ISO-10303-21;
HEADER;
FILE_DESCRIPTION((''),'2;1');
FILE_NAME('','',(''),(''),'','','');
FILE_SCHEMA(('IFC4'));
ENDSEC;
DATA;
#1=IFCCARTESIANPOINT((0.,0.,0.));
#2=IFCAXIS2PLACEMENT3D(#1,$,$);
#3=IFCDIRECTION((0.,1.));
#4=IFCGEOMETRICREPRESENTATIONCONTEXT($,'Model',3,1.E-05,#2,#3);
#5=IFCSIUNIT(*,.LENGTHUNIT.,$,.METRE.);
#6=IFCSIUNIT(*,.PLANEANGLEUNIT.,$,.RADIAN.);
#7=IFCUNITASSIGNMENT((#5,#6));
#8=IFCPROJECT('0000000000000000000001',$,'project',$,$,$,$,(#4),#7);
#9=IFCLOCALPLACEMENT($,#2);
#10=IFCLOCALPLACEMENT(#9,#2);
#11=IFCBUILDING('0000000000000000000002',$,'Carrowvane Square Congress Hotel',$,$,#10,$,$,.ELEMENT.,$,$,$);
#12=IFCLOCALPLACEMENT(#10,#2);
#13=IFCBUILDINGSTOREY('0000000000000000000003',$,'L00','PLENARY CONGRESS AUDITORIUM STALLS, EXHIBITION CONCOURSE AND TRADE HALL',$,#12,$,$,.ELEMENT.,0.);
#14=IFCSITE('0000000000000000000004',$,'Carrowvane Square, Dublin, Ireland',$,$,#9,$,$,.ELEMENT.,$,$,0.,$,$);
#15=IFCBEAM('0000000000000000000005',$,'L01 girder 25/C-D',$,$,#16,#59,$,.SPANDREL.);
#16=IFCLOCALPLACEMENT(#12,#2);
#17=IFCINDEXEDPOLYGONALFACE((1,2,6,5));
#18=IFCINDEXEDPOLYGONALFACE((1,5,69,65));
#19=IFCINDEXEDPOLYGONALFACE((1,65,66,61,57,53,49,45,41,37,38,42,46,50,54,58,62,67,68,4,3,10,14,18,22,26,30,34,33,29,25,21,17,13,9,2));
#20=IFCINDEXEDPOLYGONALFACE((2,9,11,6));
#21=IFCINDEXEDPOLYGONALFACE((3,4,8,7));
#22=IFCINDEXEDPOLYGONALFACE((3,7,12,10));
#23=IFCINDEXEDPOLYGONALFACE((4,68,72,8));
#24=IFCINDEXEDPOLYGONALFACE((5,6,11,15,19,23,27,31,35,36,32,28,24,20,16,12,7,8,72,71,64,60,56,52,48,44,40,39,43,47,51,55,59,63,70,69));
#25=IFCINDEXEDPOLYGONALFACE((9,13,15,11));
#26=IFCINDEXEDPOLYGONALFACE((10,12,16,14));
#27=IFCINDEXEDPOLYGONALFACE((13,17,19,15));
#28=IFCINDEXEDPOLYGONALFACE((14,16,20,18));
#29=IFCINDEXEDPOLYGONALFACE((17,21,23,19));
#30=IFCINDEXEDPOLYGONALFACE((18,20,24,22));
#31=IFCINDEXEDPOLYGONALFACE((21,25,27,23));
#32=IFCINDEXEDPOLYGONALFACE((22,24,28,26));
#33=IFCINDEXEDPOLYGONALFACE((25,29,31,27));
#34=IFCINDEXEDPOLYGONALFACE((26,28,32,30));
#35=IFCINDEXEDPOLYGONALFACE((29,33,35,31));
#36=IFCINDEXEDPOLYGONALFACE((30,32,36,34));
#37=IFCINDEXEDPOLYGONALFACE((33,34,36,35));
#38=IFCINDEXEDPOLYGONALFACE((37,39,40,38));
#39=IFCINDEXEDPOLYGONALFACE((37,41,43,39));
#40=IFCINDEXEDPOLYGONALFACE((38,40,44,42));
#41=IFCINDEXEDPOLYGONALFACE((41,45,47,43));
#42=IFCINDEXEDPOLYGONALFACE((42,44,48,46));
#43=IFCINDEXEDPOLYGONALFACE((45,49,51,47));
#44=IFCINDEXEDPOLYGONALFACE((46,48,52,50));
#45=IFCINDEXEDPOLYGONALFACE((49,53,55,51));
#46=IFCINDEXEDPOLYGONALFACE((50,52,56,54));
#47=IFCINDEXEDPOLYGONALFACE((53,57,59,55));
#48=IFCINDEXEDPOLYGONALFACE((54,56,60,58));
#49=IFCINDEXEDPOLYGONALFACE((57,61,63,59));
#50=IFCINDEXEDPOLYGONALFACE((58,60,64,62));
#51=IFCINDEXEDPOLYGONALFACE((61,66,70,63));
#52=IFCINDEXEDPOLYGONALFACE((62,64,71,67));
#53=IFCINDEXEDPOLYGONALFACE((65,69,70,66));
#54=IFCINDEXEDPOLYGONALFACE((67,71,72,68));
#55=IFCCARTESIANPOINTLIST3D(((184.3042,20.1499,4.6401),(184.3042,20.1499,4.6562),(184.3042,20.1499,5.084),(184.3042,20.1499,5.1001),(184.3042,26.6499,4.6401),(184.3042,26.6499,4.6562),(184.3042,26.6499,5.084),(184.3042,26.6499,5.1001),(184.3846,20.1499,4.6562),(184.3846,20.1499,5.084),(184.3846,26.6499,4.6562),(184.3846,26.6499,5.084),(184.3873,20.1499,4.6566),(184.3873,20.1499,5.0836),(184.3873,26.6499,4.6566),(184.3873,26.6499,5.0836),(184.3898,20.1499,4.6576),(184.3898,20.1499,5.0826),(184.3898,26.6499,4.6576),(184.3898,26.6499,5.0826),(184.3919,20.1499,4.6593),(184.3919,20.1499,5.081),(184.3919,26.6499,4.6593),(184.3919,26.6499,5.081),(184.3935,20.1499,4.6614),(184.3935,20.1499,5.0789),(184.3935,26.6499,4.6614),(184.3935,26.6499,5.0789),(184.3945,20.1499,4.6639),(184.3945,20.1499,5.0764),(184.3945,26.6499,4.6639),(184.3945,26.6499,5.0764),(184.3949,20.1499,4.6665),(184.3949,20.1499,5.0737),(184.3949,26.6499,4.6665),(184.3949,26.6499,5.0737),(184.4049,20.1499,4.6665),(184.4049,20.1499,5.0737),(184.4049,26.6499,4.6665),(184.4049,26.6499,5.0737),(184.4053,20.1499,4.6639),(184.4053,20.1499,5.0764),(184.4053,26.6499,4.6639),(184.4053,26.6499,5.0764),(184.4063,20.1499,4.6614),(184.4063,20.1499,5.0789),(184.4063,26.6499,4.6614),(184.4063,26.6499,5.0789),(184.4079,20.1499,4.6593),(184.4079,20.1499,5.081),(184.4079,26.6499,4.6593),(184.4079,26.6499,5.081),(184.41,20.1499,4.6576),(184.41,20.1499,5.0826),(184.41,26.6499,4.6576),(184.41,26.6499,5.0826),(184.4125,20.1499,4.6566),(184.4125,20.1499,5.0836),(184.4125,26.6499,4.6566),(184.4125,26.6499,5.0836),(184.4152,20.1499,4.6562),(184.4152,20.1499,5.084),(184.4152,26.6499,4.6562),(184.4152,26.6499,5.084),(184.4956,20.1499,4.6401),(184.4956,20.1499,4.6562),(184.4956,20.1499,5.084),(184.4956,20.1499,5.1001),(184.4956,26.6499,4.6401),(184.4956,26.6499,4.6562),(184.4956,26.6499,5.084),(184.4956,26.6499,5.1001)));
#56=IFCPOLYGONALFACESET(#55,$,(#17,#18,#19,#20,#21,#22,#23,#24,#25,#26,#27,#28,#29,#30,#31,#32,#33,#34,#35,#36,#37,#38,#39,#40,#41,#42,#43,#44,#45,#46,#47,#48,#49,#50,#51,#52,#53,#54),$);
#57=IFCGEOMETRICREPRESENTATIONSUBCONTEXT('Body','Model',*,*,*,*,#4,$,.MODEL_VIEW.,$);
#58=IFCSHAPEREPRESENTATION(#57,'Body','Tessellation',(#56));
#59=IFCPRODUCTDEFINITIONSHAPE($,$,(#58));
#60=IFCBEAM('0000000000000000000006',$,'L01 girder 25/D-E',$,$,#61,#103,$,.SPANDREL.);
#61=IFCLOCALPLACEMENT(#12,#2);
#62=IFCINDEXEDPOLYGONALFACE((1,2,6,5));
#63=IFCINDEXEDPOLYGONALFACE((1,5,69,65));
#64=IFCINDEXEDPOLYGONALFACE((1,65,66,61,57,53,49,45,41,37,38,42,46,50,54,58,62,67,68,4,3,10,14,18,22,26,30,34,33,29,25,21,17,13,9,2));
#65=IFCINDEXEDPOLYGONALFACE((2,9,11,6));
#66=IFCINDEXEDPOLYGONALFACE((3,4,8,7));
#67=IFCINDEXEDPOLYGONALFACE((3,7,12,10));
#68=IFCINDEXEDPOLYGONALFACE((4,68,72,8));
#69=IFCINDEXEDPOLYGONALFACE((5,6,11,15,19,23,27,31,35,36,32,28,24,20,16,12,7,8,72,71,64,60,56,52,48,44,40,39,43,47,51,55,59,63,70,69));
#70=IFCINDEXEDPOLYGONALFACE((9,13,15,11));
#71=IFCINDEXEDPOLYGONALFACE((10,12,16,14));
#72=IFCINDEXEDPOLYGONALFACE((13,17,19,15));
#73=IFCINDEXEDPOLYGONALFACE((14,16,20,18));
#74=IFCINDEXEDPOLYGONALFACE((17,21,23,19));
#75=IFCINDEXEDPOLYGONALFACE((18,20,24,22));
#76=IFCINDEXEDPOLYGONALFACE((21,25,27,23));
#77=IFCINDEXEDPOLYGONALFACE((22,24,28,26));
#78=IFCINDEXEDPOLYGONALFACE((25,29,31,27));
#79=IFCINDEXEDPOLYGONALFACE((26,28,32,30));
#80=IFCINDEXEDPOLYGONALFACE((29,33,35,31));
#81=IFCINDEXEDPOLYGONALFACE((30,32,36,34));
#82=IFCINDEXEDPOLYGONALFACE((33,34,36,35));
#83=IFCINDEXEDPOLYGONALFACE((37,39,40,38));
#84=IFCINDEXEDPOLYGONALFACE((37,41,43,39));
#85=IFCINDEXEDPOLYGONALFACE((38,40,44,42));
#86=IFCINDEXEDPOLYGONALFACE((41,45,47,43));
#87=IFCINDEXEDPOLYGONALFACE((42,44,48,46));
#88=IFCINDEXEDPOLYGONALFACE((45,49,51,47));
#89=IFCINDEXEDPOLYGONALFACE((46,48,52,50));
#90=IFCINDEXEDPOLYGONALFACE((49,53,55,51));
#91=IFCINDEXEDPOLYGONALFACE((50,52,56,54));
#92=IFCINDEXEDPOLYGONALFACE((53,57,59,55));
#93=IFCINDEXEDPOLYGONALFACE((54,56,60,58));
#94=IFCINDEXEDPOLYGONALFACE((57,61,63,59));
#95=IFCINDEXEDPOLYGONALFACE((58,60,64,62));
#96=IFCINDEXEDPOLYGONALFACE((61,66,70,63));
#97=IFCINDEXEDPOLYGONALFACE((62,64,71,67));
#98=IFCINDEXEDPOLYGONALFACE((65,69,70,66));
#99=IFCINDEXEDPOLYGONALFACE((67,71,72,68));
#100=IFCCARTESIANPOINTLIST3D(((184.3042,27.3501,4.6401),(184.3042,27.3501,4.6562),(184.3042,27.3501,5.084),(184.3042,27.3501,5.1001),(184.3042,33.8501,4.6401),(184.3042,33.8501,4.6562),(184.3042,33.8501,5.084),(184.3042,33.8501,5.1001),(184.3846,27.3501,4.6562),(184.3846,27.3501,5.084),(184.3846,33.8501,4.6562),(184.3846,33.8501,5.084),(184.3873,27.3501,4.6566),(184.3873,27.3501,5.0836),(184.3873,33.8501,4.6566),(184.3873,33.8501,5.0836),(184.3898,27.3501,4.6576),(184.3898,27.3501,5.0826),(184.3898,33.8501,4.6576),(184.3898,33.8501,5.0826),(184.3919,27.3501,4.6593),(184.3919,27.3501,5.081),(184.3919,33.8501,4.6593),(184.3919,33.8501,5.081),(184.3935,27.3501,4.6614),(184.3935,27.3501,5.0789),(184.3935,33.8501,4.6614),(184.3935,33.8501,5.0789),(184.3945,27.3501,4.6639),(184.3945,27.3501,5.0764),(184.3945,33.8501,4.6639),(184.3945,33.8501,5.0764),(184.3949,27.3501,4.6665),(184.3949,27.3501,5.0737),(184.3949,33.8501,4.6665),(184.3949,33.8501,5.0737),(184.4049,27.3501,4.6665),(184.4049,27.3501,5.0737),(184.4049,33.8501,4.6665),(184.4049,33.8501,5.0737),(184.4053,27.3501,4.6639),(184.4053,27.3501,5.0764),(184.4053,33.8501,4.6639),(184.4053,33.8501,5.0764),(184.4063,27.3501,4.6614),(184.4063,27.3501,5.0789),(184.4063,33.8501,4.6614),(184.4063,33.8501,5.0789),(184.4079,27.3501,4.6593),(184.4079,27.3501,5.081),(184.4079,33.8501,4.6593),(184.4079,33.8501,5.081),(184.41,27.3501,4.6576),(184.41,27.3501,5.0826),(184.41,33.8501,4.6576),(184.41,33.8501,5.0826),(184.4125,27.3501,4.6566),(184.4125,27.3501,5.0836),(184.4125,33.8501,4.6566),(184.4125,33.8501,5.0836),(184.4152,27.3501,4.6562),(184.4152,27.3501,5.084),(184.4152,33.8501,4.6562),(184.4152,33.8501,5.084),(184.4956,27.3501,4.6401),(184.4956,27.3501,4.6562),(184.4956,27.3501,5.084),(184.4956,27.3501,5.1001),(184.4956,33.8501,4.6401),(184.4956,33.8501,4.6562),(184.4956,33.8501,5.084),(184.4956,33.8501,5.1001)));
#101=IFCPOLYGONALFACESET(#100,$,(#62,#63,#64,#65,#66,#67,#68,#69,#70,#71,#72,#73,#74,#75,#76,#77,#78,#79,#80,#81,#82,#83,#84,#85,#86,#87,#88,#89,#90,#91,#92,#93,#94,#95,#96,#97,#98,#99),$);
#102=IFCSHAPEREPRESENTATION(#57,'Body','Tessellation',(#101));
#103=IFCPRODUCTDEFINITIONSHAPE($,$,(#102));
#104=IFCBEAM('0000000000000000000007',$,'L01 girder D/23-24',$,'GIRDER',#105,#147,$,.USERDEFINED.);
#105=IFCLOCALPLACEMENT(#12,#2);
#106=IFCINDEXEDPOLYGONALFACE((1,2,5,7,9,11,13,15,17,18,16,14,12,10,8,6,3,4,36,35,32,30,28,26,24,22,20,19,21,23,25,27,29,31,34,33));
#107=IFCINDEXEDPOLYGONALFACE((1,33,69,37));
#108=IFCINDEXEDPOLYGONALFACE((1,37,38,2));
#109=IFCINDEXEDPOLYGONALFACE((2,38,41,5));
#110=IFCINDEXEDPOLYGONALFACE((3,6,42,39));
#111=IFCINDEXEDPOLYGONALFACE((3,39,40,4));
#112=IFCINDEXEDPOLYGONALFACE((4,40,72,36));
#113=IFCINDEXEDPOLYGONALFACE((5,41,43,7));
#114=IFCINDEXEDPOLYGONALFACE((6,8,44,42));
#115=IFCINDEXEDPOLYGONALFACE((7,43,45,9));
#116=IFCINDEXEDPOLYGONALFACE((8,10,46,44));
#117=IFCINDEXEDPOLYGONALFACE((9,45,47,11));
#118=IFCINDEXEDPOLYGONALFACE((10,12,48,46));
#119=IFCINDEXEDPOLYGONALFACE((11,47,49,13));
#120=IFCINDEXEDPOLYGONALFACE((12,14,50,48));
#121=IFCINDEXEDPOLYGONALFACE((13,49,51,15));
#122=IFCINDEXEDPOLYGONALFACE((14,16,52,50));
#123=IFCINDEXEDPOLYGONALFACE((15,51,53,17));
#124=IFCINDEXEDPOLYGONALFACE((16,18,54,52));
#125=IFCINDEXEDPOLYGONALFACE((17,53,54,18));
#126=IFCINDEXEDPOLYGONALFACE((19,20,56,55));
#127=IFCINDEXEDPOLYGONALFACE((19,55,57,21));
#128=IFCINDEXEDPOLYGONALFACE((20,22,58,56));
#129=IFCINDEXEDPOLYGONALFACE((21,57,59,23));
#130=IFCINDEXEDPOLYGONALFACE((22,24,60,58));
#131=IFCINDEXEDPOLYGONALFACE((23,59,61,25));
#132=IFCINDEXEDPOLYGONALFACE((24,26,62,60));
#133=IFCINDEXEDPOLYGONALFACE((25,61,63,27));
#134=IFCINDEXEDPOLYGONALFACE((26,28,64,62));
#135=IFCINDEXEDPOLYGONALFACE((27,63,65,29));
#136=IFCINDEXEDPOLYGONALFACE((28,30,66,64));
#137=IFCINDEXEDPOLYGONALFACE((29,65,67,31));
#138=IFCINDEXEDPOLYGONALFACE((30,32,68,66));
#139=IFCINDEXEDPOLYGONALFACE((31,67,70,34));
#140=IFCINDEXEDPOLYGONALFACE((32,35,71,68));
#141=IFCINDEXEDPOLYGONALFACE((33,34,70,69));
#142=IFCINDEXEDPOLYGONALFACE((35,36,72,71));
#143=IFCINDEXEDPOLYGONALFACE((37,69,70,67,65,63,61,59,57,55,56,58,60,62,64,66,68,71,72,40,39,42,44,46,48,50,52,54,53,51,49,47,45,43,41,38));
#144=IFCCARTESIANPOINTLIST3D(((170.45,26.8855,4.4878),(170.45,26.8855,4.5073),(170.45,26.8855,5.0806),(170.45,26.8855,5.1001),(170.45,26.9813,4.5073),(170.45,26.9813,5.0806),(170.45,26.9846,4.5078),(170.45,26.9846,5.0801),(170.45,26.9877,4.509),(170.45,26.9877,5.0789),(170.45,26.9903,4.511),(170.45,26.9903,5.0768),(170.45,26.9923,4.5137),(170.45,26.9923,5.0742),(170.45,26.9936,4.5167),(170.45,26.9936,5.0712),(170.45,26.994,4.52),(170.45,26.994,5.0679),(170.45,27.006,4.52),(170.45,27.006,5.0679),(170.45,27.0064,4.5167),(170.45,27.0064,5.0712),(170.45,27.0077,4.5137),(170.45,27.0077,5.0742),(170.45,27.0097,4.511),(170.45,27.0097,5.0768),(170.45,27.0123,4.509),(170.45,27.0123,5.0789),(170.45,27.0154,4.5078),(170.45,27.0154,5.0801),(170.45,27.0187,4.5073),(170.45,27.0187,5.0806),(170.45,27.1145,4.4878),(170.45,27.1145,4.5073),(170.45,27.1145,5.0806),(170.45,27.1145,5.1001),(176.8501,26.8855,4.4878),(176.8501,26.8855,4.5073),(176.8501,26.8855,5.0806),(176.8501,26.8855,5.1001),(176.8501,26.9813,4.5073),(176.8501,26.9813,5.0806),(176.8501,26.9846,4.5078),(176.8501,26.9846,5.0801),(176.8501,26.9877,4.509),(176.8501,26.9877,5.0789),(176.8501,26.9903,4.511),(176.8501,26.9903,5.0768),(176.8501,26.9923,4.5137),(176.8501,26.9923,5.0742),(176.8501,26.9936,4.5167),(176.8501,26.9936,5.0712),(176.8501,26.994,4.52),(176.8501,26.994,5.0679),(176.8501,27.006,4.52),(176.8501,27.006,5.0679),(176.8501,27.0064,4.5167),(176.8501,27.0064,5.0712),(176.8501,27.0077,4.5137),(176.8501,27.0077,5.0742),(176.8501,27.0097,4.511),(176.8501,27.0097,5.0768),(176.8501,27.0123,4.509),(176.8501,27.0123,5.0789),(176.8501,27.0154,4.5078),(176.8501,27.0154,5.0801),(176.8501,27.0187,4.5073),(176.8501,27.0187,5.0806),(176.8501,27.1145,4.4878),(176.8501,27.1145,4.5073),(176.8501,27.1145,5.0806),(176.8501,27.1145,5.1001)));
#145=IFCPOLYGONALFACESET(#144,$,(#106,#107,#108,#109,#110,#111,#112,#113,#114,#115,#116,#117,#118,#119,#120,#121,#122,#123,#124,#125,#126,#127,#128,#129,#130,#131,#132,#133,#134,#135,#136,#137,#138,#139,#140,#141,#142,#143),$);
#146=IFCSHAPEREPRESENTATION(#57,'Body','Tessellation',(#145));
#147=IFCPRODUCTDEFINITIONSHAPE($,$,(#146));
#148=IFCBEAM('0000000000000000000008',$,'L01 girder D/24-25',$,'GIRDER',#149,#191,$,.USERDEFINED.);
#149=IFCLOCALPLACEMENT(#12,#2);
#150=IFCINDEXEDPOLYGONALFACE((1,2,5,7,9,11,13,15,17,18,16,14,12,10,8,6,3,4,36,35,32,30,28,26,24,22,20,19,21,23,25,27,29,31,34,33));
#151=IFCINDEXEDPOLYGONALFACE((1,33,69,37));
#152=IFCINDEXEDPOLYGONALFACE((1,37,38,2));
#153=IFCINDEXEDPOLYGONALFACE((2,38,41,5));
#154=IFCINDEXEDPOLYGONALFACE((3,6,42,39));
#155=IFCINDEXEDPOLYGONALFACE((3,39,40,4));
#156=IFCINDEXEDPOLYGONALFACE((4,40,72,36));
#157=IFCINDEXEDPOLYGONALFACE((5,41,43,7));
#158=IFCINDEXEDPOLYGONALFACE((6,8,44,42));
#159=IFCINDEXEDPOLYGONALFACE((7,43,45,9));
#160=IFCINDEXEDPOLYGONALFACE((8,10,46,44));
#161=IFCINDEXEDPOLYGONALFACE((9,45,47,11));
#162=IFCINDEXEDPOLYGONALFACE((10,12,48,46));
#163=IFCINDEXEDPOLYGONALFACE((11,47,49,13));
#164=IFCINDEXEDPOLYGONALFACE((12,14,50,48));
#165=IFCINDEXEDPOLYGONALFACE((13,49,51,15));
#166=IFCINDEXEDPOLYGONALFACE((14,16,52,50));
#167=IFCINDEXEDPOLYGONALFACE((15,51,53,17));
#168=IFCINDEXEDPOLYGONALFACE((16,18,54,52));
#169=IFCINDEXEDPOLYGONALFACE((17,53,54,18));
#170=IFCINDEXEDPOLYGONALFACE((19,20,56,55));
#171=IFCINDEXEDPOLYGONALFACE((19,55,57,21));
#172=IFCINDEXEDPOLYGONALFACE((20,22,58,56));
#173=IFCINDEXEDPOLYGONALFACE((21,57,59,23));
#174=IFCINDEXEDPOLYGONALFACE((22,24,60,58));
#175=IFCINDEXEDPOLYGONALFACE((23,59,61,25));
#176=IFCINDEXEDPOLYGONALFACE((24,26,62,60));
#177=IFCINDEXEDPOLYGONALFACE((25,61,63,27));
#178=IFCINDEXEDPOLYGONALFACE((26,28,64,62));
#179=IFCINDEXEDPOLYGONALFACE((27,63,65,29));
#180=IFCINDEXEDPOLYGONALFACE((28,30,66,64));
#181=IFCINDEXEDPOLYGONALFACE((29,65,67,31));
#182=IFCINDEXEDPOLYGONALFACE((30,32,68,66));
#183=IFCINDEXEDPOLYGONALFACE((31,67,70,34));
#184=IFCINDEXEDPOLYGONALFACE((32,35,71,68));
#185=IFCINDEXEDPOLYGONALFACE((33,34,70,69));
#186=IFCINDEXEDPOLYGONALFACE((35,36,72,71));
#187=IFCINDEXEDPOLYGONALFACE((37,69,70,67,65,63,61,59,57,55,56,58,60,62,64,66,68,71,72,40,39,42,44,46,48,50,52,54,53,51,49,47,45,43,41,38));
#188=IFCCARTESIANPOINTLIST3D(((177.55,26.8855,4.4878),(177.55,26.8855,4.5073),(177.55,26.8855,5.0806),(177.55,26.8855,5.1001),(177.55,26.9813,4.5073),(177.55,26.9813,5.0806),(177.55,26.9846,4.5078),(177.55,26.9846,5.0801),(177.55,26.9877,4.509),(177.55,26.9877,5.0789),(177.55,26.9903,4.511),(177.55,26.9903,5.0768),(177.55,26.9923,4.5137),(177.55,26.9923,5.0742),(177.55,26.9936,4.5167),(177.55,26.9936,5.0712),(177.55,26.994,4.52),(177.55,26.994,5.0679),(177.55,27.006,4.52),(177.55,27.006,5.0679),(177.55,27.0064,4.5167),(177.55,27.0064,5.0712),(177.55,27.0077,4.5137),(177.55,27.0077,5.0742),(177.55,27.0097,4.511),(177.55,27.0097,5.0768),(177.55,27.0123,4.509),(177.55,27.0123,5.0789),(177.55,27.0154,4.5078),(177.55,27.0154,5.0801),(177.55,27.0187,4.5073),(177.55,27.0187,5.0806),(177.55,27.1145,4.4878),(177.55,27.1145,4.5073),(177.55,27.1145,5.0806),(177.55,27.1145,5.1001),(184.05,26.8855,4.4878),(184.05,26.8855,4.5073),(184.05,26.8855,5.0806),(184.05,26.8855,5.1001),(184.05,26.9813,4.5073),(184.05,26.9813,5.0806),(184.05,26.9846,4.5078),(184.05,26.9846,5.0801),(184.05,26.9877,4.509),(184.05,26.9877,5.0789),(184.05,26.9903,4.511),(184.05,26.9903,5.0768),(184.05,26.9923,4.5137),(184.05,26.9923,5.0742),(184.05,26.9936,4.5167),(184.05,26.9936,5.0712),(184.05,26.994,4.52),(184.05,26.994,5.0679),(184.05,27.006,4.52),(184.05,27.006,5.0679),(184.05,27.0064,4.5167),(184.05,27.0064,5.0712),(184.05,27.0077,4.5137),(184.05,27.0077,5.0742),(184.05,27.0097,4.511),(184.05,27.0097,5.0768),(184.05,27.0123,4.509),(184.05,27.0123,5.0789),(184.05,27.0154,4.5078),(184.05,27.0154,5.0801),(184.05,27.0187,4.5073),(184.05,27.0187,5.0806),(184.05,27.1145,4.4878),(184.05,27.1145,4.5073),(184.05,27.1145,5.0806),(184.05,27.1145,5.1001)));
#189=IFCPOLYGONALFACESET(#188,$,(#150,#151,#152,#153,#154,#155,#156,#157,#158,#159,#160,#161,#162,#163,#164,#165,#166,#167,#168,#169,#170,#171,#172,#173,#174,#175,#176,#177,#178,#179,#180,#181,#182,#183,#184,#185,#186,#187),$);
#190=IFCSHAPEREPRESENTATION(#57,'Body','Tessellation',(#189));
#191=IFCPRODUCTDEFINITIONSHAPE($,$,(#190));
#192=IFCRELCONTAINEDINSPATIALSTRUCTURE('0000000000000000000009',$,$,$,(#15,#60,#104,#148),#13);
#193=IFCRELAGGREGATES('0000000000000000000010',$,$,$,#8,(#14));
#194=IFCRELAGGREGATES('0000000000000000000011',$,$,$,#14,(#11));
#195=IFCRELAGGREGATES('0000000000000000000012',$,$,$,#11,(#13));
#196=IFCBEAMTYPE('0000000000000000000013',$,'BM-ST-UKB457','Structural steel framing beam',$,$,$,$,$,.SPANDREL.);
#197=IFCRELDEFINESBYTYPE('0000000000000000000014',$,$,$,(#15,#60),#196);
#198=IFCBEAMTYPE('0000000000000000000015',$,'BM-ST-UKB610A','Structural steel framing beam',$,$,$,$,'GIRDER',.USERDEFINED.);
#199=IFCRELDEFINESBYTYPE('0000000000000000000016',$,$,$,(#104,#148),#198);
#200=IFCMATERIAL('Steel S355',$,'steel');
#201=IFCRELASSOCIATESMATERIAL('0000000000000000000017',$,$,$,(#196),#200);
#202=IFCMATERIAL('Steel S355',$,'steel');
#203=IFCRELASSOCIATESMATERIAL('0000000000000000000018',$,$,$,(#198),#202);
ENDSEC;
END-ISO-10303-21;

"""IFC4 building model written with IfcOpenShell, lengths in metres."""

from ifc_helpers import new_model, si_unit, direction, frame, origin, origin_2d, place, context, subcontext, project, spatial, i_section, extrude, material, material_profile, profile_set, type_object, element, save


model = new_model("IFC4")

# Units and contexts
model_context = context("Model", 3, precision=1e-05, world=origin(), true_north=direction((0.0, 1.0)))
body_context = subcontext(model_context, "Body", "Model", "MODEL_VIEW")
ifc_project = project(units=[si_unit("LENGTHUNIT", "METRE"), si_unit("PLANEANGLEUNIT", "RADIAN")], contexts=[model_context])

# Site, building, storey
site_placement = place(None, origin())
site = spatial("IfcSite", under=ifc_project, at=site_placement, Name="Carrowvane Square, Dublin, Ireland", CompositionType="ELEMENT", RefElevation=0.0)
building_placement = place(site_placement, origin())
building = spatial("IfcBuilding", under=site, at=building_placement, Name="Carrowvane Square Congress Hotel", CompositionType="ELEMENT")
storey_placement = place(building_placement, origin())
storey = spatial("IfcBuildingStorey", under=building, at=storey_placement, Name="L00", Description="PLENARY CONGRESS AUDITORIUM STALLS, EXHIBITION CONCOURSE AND TRADE HALL", CompositionType="ELEMENT", Elevation=0.0)

# Beams
ifc_material_1 = material(Name="Steel S355", Category="steel")
ifc_material_profile_1 = material_profile(ifc_material_1, i_section(OverallWidth=0.1914, OverallDepth=0.46, WebThickness=0.01, FlangeThickness=0.0161, FilletRadius=0.0103, at=origin_2d()), Name="UKB 457x191x82")
ifc_profile_set_1 = profile_set([ifc_material_profile_1], Name="Steel S355")
beam_type_1 = type_object("IfcBeamType", Name="BM-ST-UKB457", Description="Structural steel framing beam", PredefinedType="SPANDREL", material=ifc_profile_set_1)
for number, where, z_axis, x_axis, name in (
    (1, (184.3999, 20.1499, 4.8701), (0.0, 1.0, 0.0), (-1.0, 0.0, 0.0), "L01 girder 25/C-D"),
    (2, (184.3999, 27.3501, 4.8701), (0.0, 1.0, 0.0), (-1.0, 0.0, 0.0), "L01 girder 25/D-E"),
):
    element("IfcBeam", number, at=place(storey_placement, frame(where, z_axis=z_axis, x_axis=x_axis)), inside=storey, type_object=beam_type_1, Name=name, PredefinedType="SPANDREL", context=body_context, shape_type="SweptSolid", body=[
        extrude(i_section(OverallWidth=0.1914, OverallDepth=0.46, WebThickness=0.01, FlangeThickness=0.0161, FilletRadius=0.0103, at=origin_2d()), origin(), (0.0, 0.0, 1.0), 6.5),
    ])
ifc_material_2 = material(Name="Steel S355", Category="steel")
ifc_material_profile_2 = material_profile(ifc_material_2, i_section(OverallWidth=0.229, OverallDepth=0.6123, WebThickness=0.012, FlangeThickness=0.0195, FilletRadius=0.0127, at=origin_2d()), Name="UKB 610x229x125")
ifc_profile_set_2 = profile_set([ifc_material_profile_2], Name="Steel S355")
beam_type_2 = type_object("IfcBeamType", Name="BM-ST-UKB610A", Description="Structural steel framing beam", ElementType="GIRDER", PredefinedType="USERDEFINED", material=ifc_profile_set_2)
beam_1_placement = place(storey_placement, frame((170.45, 27.0, 4.7939), z_axis=(1.0, 0.0, 0.0), x_axis=(0.0, 1.0, 0.0)))
element("IfcBeam", 3, at=beam_1_placement, inside=storey, type_object=beam_type_2, Name="L01 girder D/23-24", ObjectType="GIRDER", PredefinedType="USERDEFINED", context=body_context, shape_type="SweptSolid", body=[
    extrude(i_section(OverallWidth=0.229, OverallDepth=0.6123, WebThickness=0.012, FlangeThickness=0.0195, FilletRadius=0.0127, at=origin_2d()), origin(), (0.0, 0.0, 1.0), 6.4001),
])
beam_2_placement = place(storey_placement, frame((177.55, 27.0, 4.7939), z_axis=(1.0, 0.0, 0.0), x_axis=(0.0, 1.0, 0.0)))
element("IfcBeam", 4, at=beam_2_placement, inside=storey, type_object=beam_type_2, Name="L01 girder D/24-25", ObjectType="GIRDER", PredefinedType="USERDEFINED", context=body_context, shape_type="SweptSolid", body=[
    extrude(i_section(OverallWidth=0.229, OverallDepth=0.6123, WebThickness=0.012, FlangeThickness=0.0195, FilletRadius=0.0127, at=origin_2d()), origin(), (0.0, 0.0, 1.0), 6.5),
])

save(model, "model.ifc")
